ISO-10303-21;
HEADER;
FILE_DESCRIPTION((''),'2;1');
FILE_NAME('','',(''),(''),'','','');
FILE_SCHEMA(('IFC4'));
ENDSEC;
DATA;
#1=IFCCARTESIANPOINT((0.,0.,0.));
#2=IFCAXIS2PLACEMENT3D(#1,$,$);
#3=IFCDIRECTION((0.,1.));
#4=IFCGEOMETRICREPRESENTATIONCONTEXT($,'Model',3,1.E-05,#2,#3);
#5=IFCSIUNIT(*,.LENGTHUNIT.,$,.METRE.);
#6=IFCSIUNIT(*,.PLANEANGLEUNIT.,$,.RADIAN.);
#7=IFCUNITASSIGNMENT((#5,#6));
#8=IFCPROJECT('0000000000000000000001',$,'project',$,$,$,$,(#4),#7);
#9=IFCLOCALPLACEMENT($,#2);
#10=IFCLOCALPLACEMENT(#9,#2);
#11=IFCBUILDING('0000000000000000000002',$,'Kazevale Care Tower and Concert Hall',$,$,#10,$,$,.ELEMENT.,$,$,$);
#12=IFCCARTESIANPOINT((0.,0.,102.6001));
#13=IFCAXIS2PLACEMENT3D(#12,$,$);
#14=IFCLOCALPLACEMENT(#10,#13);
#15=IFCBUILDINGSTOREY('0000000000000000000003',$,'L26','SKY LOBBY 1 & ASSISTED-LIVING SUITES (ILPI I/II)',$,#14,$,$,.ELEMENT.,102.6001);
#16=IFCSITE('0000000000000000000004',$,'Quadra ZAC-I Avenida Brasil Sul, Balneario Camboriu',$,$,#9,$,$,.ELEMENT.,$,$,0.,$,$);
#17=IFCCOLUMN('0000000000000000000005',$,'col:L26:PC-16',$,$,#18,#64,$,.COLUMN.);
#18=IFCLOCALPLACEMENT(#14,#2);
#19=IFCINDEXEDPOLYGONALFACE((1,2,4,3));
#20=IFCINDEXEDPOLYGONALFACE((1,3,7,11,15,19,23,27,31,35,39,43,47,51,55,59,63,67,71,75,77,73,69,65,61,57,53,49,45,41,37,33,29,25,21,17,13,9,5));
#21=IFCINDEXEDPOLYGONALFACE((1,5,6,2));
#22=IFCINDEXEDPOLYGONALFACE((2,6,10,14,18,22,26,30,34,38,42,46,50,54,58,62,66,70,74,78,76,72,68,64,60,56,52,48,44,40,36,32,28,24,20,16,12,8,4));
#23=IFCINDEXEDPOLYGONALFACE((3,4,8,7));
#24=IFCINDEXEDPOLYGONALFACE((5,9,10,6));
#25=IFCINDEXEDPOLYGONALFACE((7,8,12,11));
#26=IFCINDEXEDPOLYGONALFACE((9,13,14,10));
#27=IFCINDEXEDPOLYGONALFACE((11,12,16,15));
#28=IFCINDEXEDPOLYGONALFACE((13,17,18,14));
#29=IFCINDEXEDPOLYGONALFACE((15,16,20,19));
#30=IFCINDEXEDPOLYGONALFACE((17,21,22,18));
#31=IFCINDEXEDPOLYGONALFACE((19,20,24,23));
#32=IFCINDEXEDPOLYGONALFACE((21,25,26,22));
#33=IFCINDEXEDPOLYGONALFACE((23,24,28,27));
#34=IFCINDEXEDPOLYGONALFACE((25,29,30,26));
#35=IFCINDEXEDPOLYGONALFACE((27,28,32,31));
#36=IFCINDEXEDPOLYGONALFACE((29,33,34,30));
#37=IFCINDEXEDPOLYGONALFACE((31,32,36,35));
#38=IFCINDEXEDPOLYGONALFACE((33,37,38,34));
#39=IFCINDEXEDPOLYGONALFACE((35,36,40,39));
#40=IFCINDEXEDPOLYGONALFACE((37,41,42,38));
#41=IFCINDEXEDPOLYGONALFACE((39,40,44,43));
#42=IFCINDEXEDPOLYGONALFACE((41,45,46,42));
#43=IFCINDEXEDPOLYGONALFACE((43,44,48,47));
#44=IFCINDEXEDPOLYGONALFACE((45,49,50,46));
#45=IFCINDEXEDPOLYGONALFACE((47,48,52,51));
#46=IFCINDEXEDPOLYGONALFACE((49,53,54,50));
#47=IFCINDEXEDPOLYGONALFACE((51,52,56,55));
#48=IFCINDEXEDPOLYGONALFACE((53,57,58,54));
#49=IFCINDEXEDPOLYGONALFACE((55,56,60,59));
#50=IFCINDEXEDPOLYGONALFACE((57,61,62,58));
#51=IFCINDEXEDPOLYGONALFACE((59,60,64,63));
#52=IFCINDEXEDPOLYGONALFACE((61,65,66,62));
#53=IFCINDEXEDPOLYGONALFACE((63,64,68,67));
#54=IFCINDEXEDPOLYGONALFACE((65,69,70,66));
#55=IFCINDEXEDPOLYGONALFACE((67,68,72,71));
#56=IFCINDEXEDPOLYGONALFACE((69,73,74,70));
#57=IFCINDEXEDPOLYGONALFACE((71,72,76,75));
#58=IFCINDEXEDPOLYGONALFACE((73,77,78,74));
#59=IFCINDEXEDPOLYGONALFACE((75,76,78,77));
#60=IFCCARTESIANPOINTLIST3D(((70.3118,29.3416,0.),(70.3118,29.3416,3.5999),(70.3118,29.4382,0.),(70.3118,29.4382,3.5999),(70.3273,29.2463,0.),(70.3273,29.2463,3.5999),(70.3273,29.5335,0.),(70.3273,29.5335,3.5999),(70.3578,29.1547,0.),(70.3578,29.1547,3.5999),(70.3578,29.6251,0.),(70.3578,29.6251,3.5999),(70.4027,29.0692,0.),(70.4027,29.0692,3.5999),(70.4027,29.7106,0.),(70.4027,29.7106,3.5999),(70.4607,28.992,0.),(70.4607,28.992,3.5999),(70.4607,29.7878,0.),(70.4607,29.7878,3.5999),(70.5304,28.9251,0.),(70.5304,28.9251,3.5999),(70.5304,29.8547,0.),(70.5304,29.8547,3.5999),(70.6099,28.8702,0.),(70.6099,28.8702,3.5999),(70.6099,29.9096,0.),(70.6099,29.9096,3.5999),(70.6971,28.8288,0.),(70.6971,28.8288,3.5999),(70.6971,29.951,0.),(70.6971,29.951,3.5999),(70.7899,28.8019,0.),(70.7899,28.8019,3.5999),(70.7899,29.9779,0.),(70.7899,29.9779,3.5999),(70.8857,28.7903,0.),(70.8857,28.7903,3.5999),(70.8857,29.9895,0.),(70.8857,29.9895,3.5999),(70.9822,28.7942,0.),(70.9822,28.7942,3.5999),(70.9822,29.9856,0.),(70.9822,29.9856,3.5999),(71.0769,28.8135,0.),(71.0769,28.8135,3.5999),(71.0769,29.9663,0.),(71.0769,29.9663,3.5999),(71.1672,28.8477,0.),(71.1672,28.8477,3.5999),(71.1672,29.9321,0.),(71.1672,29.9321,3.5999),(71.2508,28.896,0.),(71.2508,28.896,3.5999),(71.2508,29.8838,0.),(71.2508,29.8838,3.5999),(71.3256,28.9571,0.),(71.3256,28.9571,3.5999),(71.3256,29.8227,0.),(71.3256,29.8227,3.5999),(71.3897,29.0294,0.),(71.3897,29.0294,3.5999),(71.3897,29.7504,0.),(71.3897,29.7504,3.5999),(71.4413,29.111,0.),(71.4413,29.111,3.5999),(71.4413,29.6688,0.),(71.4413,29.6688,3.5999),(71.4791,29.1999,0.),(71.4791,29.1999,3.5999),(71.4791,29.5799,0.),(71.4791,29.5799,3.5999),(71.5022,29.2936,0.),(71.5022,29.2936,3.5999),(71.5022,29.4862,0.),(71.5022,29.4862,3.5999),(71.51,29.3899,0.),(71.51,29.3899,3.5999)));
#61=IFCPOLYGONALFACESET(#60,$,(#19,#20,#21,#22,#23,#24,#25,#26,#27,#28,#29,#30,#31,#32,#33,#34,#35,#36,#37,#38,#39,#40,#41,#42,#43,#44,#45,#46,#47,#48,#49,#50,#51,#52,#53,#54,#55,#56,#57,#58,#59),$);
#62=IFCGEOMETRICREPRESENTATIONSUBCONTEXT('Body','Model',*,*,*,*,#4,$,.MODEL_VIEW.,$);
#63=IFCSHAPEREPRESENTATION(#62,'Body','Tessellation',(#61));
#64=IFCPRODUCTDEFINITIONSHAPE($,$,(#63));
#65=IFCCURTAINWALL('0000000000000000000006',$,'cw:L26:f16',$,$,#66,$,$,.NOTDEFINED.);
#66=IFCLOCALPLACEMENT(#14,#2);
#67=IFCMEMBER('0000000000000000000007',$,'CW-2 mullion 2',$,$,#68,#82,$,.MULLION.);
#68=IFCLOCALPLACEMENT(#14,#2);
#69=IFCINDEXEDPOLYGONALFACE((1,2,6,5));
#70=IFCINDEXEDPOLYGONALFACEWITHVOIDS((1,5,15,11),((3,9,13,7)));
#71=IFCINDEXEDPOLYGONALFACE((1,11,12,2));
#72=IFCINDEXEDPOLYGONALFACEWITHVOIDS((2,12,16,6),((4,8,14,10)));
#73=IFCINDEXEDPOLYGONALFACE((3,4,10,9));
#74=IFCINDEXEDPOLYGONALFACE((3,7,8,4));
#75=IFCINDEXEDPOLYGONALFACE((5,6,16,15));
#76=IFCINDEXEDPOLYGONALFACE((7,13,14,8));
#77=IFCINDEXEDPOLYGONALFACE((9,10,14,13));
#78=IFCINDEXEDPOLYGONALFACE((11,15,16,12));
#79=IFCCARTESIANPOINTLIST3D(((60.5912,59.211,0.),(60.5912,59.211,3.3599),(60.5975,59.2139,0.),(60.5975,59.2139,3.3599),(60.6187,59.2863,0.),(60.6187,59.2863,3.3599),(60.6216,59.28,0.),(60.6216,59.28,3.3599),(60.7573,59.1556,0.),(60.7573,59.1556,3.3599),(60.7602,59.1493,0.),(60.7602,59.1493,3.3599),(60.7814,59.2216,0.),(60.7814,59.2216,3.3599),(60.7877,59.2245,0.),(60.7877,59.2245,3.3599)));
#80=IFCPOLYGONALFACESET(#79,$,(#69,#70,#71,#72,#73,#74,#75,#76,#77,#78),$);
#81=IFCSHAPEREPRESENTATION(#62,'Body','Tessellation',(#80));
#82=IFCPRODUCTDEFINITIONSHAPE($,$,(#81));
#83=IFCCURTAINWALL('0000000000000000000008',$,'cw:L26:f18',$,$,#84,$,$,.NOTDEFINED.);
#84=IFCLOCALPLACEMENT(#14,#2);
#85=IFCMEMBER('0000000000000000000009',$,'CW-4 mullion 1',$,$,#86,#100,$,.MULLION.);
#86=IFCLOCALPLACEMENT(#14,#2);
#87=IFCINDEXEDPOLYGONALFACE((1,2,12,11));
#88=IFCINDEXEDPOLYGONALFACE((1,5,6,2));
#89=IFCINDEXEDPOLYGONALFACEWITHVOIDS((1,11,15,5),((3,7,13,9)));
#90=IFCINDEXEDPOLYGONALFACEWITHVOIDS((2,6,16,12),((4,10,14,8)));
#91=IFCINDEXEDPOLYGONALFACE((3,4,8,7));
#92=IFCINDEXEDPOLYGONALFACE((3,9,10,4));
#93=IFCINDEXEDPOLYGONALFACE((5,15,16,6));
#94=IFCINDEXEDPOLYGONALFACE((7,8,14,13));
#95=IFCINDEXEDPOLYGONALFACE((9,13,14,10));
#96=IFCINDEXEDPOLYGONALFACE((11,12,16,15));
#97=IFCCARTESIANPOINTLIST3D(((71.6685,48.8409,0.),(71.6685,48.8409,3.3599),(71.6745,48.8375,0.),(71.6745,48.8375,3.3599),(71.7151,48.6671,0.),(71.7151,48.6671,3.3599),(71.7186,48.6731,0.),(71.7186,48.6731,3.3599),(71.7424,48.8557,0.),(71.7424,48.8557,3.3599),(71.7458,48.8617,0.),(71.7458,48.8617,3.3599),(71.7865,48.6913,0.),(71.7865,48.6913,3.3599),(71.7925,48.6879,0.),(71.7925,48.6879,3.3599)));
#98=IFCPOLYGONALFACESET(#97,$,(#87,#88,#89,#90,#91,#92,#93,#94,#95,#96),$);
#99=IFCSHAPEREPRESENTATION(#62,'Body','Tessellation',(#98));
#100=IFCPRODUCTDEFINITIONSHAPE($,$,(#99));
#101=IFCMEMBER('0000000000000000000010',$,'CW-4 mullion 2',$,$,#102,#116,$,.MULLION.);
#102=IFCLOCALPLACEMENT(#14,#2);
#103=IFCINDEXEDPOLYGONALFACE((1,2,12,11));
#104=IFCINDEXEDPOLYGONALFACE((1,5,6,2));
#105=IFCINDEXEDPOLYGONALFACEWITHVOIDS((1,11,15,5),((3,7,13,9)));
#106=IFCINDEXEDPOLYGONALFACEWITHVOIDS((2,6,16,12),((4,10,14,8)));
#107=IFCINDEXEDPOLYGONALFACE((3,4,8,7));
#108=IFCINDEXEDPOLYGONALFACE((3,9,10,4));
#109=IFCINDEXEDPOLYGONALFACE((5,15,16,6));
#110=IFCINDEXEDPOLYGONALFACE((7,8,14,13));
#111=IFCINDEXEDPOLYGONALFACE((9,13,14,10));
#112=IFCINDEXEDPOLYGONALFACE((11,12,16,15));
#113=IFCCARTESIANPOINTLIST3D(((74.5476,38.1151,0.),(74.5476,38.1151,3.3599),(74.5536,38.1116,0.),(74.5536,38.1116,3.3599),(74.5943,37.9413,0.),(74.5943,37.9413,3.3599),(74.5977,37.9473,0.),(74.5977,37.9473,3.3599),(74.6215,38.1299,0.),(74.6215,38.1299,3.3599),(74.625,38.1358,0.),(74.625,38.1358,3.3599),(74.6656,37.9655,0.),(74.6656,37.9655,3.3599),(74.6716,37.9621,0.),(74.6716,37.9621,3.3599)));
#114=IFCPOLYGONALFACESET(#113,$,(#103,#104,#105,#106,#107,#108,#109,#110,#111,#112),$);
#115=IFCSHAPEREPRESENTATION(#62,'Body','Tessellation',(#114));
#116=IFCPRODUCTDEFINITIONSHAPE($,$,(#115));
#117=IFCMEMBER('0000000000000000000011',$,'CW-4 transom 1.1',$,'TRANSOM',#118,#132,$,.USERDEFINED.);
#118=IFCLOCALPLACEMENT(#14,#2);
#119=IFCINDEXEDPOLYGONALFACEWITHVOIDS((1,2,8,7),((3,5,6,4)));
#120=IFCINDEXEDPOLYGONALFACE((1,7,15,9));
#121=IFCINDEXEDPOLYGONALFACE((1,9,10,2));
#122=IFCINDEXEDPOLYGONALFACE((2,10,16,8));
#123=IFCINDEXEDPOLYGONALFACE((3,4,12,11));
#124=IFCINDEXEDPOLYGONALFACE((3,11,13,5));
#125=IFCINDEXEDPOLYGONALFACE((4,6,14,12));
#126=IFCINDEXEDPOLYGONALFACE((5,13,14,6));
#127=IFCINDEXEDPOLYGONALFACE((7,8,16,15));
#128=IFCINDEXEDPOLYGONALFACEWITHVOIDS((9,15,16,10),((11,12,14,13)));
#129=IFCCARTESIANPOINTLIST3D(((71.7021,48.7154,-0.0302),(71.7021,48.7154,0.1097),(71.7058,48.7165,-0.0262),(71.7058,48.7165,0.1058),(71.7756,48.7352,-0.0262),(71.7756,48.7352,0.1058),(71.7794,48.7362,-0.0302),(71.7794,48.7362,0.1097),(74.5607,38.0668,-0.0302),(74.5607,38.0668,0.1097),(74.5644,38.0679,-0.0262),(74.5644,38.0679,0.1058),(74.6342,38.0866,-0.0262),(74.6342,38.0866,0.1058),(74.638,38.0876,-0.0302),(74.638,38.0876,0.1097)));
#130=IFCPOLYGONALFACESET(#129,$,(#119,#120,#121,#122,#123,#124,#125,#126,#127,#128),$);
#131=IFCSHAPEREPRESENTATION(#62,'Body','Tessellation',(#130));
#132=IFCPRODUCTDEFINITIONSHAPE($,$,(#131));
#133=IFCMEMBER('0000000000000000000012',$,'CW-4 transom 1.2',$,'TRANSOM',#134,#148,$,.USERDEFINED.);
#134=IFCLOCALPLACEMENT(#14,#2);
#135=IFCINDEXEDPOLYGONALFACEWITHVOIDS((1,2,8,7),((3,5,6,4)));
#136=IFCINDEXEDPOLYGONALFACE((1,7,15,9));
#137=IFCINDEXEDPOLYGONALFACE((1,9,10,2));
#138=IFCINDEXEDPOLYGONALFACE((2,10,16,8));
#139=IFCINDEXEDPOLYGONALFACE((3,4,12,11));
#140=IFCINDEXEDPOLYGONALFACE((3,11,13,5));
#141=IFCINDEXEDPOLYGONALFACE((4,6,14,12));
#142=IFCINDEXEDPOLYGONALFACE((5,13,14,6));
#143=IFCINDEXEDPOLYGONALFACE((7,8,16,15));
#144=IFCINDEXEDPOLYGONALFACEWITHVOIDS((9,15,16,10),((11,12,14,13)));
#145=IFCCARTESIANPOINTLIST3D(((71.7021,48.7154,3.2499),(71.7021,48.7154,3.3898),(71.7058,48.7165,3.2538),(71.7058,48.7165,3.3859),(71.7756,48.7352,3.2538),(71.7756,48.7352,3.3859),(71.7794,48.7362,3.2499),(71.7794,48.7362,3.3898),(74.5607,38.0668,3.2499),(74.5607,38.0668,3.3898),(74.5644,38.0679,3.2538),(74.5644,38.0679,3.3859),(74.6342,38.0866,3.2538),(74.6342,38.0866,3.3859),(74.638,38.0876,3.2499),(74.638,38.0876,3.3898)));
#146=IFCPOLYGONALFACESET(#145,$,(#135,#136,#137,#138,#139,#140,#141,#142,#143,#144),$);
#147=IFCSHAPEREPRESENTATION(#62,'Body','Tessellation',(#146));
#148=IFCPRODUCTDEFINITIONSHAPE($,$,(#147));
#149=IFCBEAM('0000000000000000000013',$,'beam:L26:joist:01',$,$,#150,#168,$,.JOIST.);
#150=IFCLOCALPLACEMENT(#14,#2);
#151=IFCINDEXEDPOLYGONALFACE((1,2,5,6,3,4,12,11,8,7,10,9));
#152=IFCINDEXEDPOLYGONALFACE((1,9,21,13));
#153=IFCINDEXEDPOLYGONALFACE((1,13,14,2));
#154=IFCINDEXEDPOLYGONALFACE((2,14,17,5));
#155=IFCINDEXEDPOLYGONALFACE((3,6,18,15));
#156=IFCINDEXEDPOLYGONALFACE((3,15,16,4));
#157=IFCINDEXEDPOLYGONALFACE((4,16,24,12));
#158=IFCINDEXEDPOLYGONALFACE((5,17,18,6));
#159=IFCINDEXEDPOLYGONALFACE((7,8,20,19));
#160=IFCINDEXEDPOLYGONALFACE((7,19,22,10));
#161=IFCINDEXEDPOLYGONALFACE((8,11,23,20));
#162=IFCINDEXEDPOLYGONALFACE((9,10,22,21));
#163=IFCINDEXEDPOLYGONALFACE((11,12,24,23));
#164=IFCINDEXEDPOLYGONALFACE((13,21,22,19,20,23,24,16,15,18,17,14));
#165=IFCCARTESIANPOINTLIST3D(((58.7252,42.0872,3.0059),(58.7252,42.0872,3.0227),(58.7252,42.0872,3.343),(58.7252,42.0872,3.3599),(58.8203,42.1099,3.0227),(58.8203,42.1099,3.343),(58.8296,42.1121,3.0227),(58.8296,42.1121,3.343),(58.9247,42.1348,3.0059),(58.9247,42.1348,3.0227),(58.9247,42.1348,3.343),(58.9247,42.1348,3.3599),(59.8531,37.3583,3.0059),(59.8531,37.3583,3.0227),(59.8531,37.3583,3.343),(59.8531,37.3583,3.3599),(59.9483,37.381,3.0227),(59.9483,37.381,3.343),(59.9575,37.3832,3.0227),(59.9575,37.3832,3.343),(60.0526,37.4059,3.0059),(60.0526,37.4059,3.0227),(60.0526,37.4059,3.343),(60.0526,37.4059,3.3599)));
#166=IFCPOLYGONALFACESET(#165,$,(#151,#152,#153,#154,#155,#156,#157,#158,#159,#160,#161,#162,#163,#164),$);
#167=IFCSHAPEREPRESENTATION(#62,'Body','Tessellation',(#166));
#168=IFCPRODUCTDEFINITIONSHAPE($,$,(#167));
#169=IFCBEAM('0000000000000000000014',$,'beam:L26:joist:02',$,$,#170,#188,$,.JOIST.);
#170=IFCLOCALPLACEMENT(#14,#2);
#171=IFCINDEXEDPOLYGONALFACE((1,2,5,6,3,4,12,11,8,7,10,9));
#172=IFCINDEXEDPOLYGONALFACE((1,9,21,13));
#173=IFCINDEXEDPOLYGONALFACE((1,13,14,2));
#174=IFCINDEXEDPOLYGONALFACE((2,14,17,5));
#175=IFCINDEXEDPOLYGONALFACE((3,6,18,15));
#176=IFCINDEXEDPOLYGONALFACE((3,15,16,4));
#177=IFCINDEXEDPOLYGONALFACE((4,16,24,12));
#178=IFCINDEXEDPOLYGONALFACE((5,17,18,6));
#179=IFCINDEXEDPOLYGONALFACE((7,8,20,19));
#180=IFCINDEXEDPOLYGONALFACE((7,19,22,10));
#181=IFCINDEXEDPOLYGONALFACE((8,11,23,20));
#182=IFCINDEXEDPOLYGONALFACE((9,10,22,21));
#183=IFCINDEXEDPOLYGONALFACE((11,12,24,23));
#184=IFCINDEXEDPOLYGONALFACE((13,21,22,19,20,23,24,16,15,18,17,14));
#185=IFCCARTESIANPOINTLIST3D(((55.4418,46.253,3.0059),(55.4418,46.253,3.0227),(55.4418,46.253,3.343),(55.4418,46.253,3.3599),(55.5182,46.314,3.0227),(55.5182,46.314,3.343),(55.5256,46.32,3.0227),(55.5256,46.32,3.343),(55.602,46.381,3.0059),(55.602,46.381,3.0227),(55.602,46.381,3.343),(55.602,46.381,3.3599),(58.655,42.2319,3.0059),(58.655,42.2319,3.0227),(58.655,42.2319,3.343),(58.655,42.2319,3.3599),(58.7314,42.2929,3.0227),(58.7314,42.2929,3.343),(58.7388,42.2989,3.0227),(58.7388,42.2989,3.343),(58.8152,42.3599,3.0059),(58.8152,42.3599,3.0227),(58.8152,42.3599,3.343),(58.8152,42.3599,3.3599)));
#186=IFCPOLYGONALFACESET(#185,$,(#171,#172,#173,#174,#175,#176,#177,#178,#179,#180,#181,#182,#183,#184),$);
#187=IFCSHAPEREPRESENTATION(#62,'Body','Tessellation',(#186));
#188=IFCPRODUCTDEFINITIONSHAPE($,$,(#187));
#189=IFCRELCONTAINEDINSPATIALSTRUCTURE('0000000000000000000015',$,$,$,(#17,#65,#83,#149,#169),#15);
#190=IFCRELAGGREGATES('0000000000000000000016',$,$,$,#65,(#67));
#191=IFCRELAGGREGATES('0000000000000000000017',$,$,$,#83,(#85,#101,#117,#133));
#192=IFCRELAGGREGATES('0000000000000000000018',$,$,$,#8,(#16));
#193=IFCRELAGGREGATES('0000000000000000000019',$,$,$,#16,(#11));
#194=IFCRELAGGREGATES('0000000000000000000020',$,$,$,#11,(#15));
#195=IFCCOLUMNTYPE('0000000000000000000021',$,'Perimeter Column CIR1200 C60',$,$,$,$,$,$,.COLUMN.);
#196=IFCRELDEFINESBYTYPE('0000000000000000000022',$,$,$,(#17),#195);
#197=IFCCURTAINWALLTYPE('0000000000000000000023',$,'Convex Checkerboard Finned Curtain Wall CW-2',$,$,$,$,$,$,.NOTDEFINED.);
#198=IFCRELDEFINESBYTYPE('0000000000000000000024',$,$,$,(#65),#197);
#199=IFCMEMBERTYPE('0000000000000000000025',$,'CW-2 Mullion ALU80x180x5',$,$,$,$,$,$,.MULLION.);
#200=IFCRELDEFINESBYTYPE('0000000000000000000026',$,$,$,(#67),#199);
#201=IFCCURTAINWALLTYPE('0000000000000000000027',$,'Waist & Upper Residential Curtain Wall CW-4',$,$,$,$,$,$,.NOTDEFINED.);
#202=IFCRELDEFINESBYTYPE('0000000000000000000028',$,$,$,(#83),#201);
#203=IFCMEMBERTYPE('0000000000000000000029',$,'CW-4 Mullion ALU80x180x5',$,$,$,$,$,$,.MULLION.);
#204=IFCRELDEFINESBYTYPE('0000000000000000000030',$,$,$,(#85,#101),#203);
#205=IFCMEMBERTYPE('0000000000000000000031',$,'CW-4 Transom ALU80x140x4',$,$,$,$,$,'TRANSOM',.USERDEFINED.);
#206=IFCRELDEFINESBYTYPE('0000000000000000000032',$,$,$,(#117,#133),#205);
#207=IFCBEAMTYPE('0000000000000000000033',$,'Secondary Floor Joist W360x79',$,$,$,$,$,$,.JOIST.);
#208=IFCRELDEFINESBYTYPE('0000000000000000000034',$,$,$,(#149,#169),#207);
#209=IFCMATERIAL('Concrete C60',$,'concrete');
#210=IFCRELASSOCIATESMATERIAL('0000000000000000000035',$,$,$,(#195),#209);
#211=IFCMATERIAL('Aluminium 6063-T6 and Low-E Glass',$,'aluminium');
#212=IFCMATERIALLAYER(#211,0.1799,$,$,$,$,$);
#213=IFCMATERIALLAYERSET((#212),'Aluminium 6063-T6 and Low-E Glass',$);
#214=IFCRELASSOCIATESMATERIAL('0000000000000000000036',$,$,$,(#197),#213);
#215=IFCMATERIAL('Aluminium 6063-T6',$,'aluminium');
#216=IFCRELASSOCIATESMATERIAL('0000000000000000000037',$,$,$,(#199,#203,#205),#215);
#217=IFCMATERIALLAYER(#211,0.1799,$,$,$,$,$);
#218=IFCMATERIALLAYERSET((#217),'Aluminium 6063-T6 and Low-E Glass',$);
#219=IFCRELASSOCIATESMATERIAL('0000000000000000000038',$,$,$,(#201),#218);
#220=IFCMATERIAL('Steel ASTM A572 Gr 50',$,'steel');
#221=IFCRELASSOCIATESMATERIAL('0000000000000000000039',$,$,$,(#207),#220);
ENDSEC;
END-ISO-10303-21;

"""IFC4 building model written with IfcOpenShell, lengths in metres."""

from ifc_helpers import new_model, si_unit, direction, frame, origin, origin_2d, place, context, subcontext, project, spatial, hollow_rectangle, circle, i_section, extrude, material, layer, layer_set, material_profile, profile_set, type_object, element, aggregate, save


model = new_model("IFC4")

# Units and contexts
model_context = context("Model", 3, precision=1e-05, world=origin(), true_north=direction((0.0, 1.0)))
body_context = subcontext(model_context, "Body", "Model", "MODEL_VIEW")
ifc_project = project(units=[si_unit("LENGTHUNIT", "METRE"), si_unit("PLANEANGLEUNIT", "RADIAN")], contexts=[model_context])

# Site, building, storey
site_placement = place(None, origin())
site = spatial("IfcSite", under=ifc_project, at=site_placement, Name="Quadra ZAC-I Avenida Brasil Sul, Balneario Camboriu", CompositionType="ELEMENT", RefElevation=0.0)
building_placement = place(site_placement, origin())
building = spatial("IfcBuilding", under=site, at=building_placement, Name="Kazevale Care Tower and Concert Hall", CompositionType="ELEMENT")
storey_placement = place(building_placement, frame((0.0, 0.0, 102.6001)))
storey = spatial("IfcBuildingStorey", under=building, at=storey_placement, Name="L26", Description="SKY LOBBY 1 & ASSISTED-LIVING SUITES (ILPI I/II)", CompositionType="ELEMENT", Elevation=102.6001)

# Column
ifc_material_1 = material(Name="Concrete C60", Category="concrete")
ifc_material_profile_1 = material_profile(ifc_material_1, circle(Radius=0.6001, at=origin_2d()), Name="RC-CIR1200")
ifc_profile_set_1 = profile_set([ifc_material_profile_1], Name="Concrete C60")
column_type = type_object("IfcColumnType", Name="Perimeter Column CIR1200 C60", PredefinedType="COLUMN", material=ifc_profile_set_1)
for number, where, z_axis, x_axis, name in (
    (1, (70.9099, 29.3899, 0.0), (0.0, 0.0, 1.0), (1.0, 0.0, 0.0), "col:L26:PC-16"),
):
    element("IfcColumn", number, at=place(storey_placement, frame(where, z_axis=z_axis, x_axis=x_axis)), inside=storey, type_object=column_type, Name=name, PredefinedType="COLUMN", context=body_context, shape_type="SweptSolid", body=[
        extrude(circle(Radius=0.6001, at=origin_2d()), origin(), (0.0, 0.0, 1.0), 3.5999),
    ])

# Curtain wall, member
ifc_material_2 = material(Name="Aluminium 6063-T6 and Low-E Glass", Category="aluminium")
ifc_layer_1 = layer(ifc_material_2, 0.1799)
ifc_layer_set_1 = layer_set([ifc_layer_1], Name="Aluminium 6063-T6 and Low-E Glass")
curtain_wall_type_1 = type_object("IfcCurtainWallType", Name="Convex Checkerboard Finned Curtain Wall CW-2", PredefinedType="NOTDEFINED", material=ifc_layer_set_1)
curtain_wall_1_placement = place(storey_placement, origin())
curtain_wall_1 = element("IfcCurtainWall", 2, at=curtain_wall_1_placement, inside=storey, type_object=curtain_wall_type_1, Name="cw:L26:f16", PredefinedType="NOTDEFINED")
ifc_material_3 = material(Name="Aluminium 6063-T6", Category="aluminium")
ifc_material_profile_2 = material_profile(ifc_material_3, hollow_rectangle(XDim=0.0801, YDim=0.1799, WallThickness=0.0049, at=origin_2d()), Name="ALU80x180x5")
ifc_profile_set_2 = profile_set([ifc_material_profile_2], Name="Aluminium 6063-T6")
member_type_1 = type_object("IfcMemberType", Name="CW-2 Mullion ALU80x180x5", PredefinedType="MULLION", material=ifc_profile_set_2)
member_1_placement = place(storey_placement, frame((60.6895, 59.2178, 0.0), z_axis=(0.0, 0.0, 1.0), x_axis=(0.343143, 0.939283, 0.0)))
member_1 = element("IfcMember", 3, at=member_1_placement, type_object=member_type_1, Name="CW-2 mullion 2", PredefinedType="MULLION", context=body_context, shape_type="SweptSolid", body=[
    extrude(hollow_rectangle(XDim=0.0801, YDim=0.1799, WallThickness=0.0049, at=origin_2d()), origin(), (0.0, 0.0, 1.0), 3.3599),
])

# Curtain wall, members
ifc_layer_2 = layer(ifc_material_2, 0.1799)
ifc_layer_set_2 = layer_set([ifc_layer_2], Name="Aluminium 6063-T6 and Low-E Glass")
curtain_wall_type_2 = type_object("IfcCurtainWallType", Name="Waist & Upper Residential Curtain Wall CW-4", PredefinedType="NOTDEFINED", material=ifc_layer_set_2)
curtain_wall_2_placement = place(storey_placement, origin())
curtain_wall_2 = element("IfcCurtainWall", 4, at=curtain_wall_2_placement, inside=storey, type_object=curtain_wall_type_2, Name="cw:L26:f18", PredefinedType="NOTDEFINED")
ifc_material_profile_3 = material_profile(ifc_material_3, hollow_rectangle(XDim=0.0801, YDim=0.1799, WallThickness=0.0049, at=origin_2d()), Name="ALU80x180x5")
ifc_profile_set_3 = profile_set([ifc_material_profile_3], Name="Aluminium 6063-T6")
member_type_2 = type_object("IfcMemberType", Name="CW-4 Mullion ALU80x180x5", PredefinedType="MULLION", material=ifc_profile_set_3)
member_2_placement = place(storey_placement, frame((71.7305, 48.7644, 0.0), z_axis=(0.0, 0.0, 1.0), x_axis=(0.965806, 0.259265, 0.0)))
member_2 = element("IfcMember", 5, at=member_2_placement, type_object=member_type_2, Name="CW-4 mullion 1", PredefinedType="MULLION", context=body_context, shape_type="SweptSolid", body=[
    extrude(hollow_rectangle(XDim=0.0801, YDim=0.1799, WallThickness=0.0049, at=origin_2d()), origin(), (0.0, 0.0, 1.0), 3.3599),
])
member_3_placement = place(storey_placement, frame((74.6096, 38.0386, 0.0), z_axis=(0.0, 0.0, 1.0), x_axis=(0.965806, 0.259265, 0.0)))
member_3 = element("IfcMember", 6, at=member_3_placement, type_object=member_type_2, Name="CW-4 mullion 2", PredefinedType="MULLION", context=body_context, shape_type="SweptSolid", body=[
    extrude(hollow_rectangle(XDim=0.0801, YDim=0.1799, WallThickness=0.0049, at=origin_2d()), origin(), (0.0, 0.0, 1.0), 3.3599),
])
ifc_material_profile_4 = material_profile(ifc_material_3, hollow_rectangle(XDim=0.0801, YDim=0.1399, WallThickness=0.0039, at=origin_2d()), Name="ALU80x140x4")
ifc_profile_set_4 = profile_set([ifc_material_profile_4], Name="Aluminium 6063-T6")
member_type_3 = type_object("IfcMemberType", Name="CW-4 Transom ALU80x140x4", ElementType="TRANSOM", PredefinedType="USERDEFINED", material=ifc_profile_set_4)
member_4_placement = place(storey_placement, frame((71.7407, 48.7258, 0.0398), z_axis=(0.259271, -0.965805, 0.0), x_axis=(0.965805, 0.259271, 0.0)))
member_4 = element("IfcMember", 7, at=member_4_placement, type_object=member_type_3, Name="CW-4 transom 1.1", ObjectType="TRANSOM", PredefinedType="USERDEFINED", context=body_context, shape_type="SweptSolid", body=[
    extrude(hollow_rectangle(XDim=0.0801, YDim=0.1399, WallThickness=0.0039, at=origin_2d()), origin(), (0.0, 0.0, 1.0), 11.0256),
])
member_5_placement = place(storey_placement, frame((71.7407, 48.7258, 3.3198), z_axis=(0.259271, -0.965805, 0.0), x_axis=(0.965805, 0.259271, 0.0)))
member_5 = element("IfcMember", 8, at=member_5_placement, type_object=member_type_3, Name="CW-4 transom 1.2", ObjectType="TRANSOM", PredefinedType="USERDEFINED", context=body_context, shape_type="SweptSolid", body=[
    extrude(hollow_rectangle(XDim=0.0801, YDim=0.1399, WallThickness=0.0039, at=origin_2d()), origin(), (0.0, 0.0, 1.0), 11.0256),
])

# Beams
ifc_material_4 = material(Name="Steel ASTM A572 Gr 50", Category="steel")
ifc_material_profile_5 = material_profile(ifc_material_4, i_section(OverallWidth=0.2051, OverallDepth=0.354, WebThickness=0.0095, FlangeThickness=0.0168, at=origin_2d()), Name="W360x79")
ifc_profile_set_5 = profile_set([ifc_material_profile_5], Name="Steel ASTM A572 Gr 50")
beam_type_1 = type_object("IfcBeamType", Name="Secondary Floor Joist W360x79", PredefinedType="JOIST", material=ifc_profile_set_5)
beam_1_placement = place(storey_placement, frame((59.9529, 37.3821, 3.1829), z_axis=(-0.232005, 0.972715, 0.0), x_axis=(-0.972715, -0.232005, 0.0)))
element("IfcBeam", 9, at=beam_1_placement, inside=storey, type_object=beam_type_1, Name="beam:L26:joist:01", PredefinedType="JOIST", context=body_context, shape_type="SweptSolid", body=[
    extrude(i_section(OverallWidth=0.2051, OverallDepth=0.354, WebThickness=0.0095, FlangeThickness=0.0168, at=origin_2d()), origin(), (0.0, 0.0, 1.0), 4.8616),
])
beam_2_placement = place(storey_placement, frame((58.7351, 42.2959, 3.1829), z_axis=(-0.624261, 0.781216, 0.0), x_axis=(-0.781216, -0.624261, 0.0)))
element("IfcBeam", 10, at=beam_2_placement, inside=storey, type_object=beam_type_1, Name="beam:L26:joist:02", PredefinedType="JOIST", context=body_context, shape_type="SweptSolid", body=[
    extrude(i_section(OverallWidth=0.2051, OverallDepth=0.354, WebThickness=0.0095, FlangeThickness=0.0168, at=origin_2d()), origin(), (0.0, 0.0, 1.0), 5.1472),
])

aggregate(curtain_wall_1, [member_1])
aggregate(curtain_wall_2, [member_2, member_3, member_4, member_5])

save(model, "model.ifc")
